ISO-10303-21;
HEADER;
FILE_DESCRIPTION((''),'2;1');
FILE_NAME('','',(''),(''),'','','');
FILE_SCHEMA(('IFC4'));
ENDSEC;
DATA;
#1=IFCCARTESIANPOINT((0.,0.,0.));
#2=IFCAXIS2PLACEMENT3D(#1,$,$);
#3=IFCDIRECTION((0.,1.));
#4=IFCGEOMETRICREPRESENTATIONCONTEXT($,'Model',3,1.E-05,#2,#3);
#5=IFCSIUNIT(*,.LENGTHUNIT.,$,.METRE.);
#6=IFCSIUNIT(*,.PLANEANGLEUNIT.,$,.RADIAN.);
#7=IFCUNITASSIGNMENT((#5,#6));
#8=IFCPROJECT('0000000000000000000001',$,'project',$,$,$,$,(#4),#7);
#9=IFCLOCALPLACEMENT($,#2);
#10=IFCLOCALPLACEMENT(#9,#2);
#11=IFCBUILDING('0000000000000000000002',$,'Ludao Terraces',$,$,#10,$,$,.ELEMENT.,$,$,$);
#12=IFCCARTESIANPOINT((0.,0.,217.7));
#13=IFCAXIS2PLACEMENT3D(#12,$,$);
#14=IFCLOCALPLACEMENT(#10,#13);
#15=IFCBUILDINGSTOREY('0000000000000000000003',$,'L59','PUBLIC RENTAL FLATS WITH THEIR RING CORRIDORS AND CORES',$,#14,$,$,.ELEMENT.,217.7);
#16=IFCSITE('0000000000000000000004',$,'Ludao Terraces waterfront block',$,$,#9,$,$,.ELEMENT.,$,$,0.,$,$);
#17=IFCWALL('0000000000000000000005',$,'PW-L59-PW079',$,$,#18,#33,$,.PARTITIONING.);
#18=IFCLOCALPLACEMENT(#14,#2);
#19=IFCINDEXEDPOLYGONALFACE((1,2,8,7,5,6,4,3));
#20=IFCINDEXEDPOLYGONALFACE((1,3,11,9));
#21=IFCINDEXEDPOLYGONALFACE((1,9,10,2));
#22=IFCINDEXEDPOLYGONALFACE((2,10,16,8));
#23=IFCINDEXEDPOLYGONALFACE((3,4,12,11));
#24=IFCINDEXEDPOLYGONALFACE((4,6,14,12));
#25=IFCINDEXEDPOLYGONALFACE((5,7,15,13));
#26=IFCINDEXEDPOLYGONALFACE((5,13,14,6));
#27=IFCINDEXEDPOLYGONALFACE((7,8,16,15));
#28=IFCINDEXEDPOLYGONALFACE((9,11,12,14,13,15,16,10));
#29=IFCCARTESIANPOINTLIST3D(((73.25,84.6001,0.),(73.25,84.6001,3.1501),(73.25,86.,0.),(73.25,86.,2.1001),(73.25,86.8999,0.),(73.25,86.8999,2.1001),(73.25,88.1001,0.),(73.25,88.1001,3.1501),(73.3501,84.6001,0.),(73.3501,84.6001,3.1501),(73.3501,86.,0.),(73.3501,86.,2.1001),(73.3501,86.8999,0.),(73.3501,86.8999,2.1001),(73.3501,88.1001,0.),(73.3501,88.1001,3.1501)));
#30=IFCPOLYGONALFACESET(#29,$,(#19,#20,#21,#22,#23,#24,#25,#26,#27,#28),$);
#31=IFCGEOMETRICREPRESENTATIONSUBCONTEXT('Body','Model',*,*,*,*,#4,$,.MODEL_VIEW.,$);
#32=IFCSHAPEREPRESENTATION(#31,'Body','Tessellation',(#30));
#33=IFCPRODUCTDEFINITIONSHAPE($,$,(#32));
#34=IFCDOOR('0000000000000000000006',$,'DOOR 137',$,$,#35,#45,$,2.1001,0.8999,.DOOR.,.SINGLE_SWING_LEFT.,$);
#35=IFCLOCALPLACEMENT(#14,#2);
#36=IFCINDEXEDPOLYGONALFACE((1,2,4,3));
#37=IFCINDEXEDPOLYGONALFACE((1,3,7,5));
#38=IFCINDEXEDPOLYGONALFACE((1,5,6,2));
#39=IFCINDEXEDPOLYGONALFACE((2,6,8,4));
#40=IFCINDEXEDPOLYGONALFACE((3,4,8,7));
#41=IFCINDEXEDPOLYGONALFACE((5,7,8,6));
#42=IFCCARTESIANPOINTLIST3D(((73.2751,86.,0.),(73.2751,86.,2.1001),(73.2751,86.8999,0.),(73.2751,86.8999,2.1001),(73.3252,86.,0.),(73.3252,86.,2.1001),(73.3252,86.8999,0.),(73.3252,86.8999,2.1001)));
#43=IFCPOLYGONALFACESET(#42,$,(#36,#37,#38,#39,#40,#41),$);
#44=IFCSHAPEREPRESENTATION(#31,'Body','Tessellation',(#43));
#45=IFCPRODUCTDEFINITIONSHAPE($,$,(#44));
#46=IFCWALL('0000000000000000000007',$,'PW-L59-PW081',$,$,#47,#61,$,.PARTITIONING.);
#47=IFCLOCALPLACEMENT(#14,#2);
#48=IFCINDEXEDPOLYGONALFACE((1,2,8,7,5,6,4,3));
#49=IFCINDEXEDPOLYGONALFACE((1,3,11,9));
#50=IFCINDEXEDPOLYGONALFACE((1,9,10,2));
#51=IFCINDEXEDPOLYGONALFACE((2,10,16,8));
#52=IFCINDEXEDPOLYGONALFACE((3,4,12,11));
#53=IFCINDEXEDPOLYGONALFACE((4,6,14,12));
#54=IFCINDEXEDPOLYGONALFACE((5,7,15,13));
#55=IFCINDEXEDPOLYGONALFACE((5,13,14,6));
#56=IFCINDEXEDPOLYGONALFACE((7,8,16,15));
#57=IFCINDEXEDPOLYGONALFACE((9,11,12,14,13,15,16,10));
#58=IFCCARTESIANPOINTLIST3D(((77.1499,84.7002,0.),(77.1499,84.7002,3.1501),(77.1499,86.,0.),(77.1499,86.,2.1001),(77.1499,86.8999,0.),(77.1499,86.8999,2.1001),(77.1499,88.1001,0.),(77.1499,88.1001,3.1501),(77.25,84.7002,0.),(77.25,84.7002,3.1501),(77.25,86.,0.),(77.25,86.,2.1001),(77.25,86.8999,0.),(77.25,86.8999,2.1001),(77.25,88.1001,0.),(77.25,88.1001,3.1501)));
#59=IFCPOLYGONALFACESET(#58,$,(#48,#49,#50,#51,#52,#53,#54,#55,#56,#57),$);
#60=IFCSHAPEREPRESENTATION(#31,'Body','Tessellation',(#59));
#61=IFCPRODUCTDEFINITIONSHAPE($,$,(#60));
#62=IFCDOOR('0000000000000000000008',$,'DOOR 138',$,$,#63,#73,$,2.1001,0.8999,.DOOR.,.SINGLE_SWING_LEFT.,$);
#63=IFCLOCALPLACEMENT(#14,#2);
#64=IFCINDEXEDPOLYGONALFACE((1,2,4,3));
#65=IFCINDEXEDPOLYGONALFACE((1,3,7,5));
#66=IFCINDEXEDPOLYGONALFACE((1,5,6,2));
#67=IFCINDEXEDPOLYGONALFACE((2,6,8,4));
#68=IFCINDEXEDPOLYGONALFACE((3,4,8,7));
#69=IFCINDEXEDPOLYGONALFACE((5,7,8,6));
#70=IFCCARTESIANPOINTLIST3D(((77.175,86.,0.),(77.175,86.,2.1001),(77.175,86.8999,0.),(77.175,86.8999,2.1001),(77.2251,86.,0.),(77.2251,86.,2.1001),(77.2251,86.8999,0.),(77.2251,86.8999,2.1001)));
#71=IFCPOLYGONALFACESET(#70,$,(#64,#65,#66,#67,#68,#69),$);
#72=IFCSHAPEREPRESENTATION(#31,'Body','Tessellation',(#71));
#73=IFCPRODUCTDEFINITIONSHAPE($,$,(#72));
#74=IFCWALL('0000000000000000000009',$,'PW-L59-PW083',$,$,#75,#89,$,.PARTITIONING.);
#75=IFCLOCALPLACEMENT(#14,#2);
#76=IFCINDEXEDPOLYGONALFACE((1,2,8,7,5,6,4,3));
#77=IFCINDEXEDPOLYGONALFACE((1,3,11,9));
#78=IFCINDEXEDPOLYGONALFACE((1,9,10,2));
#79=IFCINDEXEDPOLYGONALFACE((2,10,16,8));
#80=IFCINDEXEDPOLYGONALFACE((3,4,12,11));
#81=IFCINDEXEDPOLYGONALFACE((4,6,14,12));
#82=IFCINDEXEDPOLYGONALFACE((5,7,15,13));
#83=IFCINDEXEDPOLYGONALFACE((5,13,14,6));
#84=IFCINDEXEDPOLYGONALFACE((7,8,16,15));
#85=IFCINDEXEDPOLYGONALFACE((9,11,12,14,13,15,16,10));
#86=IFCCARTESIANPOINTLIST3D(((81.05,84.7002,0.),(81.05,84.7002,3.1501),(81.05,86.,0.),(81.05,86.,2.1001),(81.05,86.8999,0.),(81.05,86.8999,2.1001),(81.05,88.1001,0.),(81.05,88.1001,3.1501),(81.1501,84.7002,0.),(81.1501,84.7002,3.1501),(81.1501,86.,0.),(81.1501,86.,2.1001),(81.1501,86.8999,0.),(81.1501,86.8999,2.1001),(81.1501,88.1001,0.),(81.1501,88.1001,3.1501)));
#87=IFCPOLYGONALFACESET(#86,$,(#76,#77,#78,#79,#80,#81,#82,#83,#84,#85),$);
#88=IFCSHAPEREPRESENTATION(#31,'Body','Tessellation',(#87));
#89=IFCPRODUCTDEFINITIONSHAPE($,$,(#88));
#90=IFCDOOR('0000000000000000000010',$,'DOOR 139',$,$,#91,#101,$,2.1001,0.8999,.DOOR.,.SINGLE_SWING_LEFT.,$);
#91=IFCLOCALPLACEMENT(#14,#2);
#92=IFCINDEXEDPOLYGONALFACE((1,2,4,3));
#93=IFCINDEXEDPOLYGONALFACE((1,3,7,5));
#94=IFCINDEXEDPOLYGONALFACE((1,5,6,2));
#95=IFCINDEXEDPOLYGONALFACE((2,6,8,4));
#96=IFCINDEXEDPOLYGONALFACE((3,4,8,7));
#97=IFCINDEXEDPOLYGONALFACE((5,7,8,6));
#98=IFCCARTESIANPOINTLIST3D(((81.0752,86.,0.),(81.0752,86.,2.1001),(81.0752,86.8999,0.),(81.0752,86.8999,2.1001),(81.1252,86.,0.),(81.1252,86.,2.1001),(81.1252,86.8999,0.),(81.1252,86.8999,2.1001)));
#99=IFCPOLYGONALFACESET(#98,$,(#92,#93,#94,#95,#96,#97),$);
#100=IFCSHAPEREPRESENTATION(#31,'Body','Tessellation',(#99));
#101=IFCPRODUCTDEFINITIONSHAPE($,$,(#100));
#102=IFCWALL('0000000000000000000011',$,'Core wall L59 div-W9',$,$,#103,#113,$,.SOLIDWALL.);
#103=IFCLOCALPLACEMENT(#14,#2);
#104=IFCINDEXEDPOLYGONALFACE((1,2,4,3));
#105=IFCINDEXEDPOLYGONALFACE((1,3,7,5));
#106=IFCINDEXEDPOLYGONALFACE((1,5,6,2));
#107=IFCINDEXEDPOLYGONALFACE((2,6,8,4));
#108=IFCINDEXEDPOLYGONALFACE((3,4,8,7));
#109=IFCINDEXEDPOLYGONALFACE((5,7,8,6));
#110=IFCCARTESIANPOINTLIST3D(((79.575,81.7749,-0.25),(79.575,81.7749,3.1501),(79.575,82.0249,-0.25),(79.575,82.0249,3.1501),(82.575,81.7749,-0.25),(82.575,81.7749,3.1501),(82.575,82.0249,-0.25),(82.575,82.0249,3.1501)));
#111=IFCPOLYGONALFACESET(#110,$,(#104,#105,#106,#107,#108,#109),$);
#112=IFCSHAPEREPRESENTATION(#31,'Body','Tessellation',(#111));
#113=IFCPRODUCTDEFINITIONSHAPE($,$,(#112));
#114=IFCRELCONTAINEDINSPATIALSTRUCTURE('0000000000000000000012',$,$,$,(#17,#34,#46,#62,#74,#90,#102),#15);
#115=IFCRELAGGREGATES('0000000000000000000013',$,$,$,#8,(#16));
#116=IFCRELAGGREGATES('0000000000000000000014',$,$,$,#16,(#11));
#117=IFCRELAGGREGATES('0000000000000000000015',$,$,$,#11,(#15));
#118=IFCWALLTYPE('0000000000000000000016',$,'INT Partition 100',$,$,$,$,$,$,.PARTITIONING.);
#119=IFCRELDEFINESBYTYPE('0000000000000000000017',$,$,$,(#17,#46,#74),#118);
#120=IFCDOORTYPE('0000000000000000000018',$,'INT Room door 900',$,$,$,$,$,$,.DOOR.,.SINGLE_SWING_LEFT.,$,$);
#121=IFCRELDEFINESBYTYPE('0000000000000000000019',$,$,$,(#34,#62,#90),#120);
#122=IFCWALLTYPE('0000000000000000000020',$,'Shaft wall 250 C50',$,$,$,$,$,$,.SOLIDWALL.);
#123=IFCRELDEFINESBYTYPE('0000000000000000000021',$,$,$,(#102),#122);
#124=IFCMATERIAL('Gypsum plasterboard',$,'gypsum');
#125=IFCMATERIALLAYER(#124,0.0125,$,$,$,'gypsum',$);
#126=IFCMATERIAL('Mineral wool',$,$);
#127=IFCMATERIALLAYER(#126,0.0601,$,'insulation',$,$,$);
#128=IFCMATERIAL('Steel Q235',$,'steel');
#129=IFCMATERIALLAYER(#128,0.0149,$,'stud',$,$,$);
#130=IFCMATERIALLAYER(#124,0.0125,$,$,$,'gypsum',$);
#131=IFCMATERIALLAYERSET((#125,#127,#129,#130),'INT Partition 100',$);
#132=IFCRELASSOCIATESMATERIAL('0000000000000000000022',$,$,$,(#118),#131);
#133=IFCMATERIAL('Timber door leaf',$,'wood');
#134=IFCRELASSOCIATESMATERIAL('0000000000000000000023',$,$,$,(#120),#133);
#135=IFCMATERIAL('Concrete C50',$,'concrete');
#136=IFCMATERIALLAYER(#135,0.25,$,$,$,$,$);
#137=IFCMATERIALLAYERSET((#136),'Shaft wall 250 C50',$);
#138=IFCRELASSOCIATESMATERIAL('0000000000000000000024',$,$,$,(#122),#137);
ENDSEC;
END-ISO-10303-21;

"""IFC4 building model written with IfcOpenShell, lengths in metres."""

from ifc_helpers import new_model, si_unit, direction, frame, frame_2d, origin, place, context, subcontext, project, spatial, rectangle, extrude, material, layer, layer_set, type_object, element, fill, save


model = new_model("IFC4")

# Units and contexts
model_context = context("Model", 3, precision=1e-05, world=origin(), true_north=direction((0.0, 1.0)))
body_context = subcontext(model_context, "Body", "Model", "MODEL_VIEW")
ifc_project = project(units=[si_unit("LENGTHUNIT", "METRE"), si_unit("PLANEANGLEUNIT", "RADIAN")], contexts=[model_context])

# Site, building, storey
site_placement = place(None, origin())
site = spatial("IfcSite", under=ifc_project, at=site_placement, Name="Ludao Terraces waterfront block", CompositionType="ELEMENT", RefElevation=0.0)
building_placement = place(site_placement, origin())
building = spatial("IfcBuilding", under=site, at=building_placement, Name="Ludao Terraces", CompositionType="ELEMENT")
storey_placement = place(building_placement, frame((0.0, 0.0, 217.7)))
storey = spatial("IfcBuildingStorey", under=building, at=storey_placement, Name="L59", Description="PUBLIC RENTAL FLATS WITH THEIR RING CORRIDORS AND CORES", CompositionType="ELEMENT", Elevation=217.7)

# Shared definitions
ifc_material_1 = material(Name="Concrete C50", Category="concrete")

# Shared definitions
ifc_material_2 = material(Name="Mineral wool")

# Walls, openings, doors
ifc_material_3 = material(Name="Gypsum plasterboard", Category="gypsum")
ifc_layer_1 = layer(ifc_material_3, 0.0125, Category="gypsum")
ifc_layer_2 = layer(ifc_material_2, 0.0601, Name="insulation")
ifc_material_4 = material(Name="Steel Q235", Category="steel")
ifc_layer_3 = layer(ifc_material_4, 0.0149, Name="stud")
ifc_layer_4 = layer(ifc_material_3, 0.0125, Category="gypsum")
ifc_layer_set_1 = layer_set([ifc_layer_1, ifc_layer_2, ifc_layer_3, ifc_layer_4], Name="INT Partition 100")
wall_type_1 = type_object("IfcWallType", Name="INT Partition 100", PredefinedType="PARTITIONING", material=ifc_layer_set_1)
wall_1_placement = place(storey_placement, frame((73.3, 84.6001, 0.0), z_axis=(0.0, 0.0, 1.0), x_axis=(0.0, 1.0, 0.0)))
wall_1 = element("IfcWall", 1, at=wall_1_placement, inside=storey, type_object=wall_type_1, Name="PW-L59-PW079", PredefinedType="PARTITIONING", context=body_context, shape_type="SweptSolid", body=[
    extrude(rectangle(XDim=3.5, YDim=0.1001, at=frame_2d((1.75, 0.0))), origin(), (0.0, 0.0, 1.0), 3.1501),
])
opening_1_placement = place(wall_1_placement, frame((1.3999, 0.0, 0.0)))
opening_1 = element("IfcOpeningElement", 2, at=opening_1_placement, cuts=wall_1, PredefinedType="OPENING", context=body_context, shape_type="SweptSolid", body=[
    extrude(rectangle(XDim=0.8999, YDim=2.1001, at=frame_2d((0.45, 1.05))), frame((0.0, 0.0601, 0.0), z_axis=(0.0, -1.0, 0.0), x_axis=(1.0, 0.0, 0.0)), (0.0, 0.0, 1.0), 0.1201),
])
ifc_material_5 = material(Name="Timber door leaf", Category="wood")
door_type = type_object("IfcDoorType", Name="INT Room door 900", OperationType="SINGLE_SWING_LEFT", PredefinedType="DOOR", material=ifc_material_5)
door_1_placement = place(opening_1_placement, origin())
door_1 = element("IfcDoor", 3, at=door_1_placement, inside=storey, type_object=door_type, Name="DOOR 137", OperationType="SINGLE_SWING_LEFT", OverallHeight=2.1001, OverallWidth=0.8999, PredefinedType="DOOR", context=body_context, shape_type="SweptSolid", body=[
    extrude(rectangle(XDim=0.8999, YDim=2.1001, at=frame_2d((0.45, 1.05))), frame((0.0, 0.0249, 0.0), z_axis=(0.0, -1.0, 0.0), x_axis=(1.0, 0.0, 0.0)), (0.0, 0.0, 1.0), 0.05),
])
fill(opening_1, door_1)
wall_2_placement = place(storey_placement, frame((77.2, 84.7002, 0.0), z_axis=(0.0, 0.0, 1.0), x_axis=(0.0, 1.0, 0.0)))
wall_2 = element("IfcWall", 4, at=wall_2_placement, inside=storey, type_object=wall_type_1, Name="PW-L59-PW081", PredefinedType="PARTITIONING", context=body_context, shape_type="SweptSolid", body=[
    extrude(rectangle(XDim=3.3999, YDim=0.1001, at=frame_2d((1.7, 0.0))), origin(), (0.0, 0.0, 1.0), 3.1501),
])
opening_2_placement = place(wall_2_placement, frame((1.2998, 0.0, 0.0)))
opening_2 = element("IfcOpeningElement", 5, at=opening_2_placement, cuts=wall_2, PredefinedType="OPENING", context=body_context, shape_type="SweptSolid", body=[
    extrude(rectangle(XDim=0.8999, YDim=2.1001, at=frame_2d((0.45, 1.05))), frame((0.0, 0.0601, 0.0), z_axis=(0.0, -1.0, 0.0), x_axis=(1.0, 0.0, 0.0)), (0.0, 0.0, 1.0), 0.1201),
])
door_2_placement = place(opening_2_placement, origin())
door_2 = element("IfcDoor", 6, at=door_2_placement, inside=storey, type_object=door_type, Name="DOOR 138", OperationType="SINGLE_SWING_LEFT", OverallHeight=2.1001, OverallWidth=0.8999, PredefinedType="DOOR", context=body_context, shape_type="SweptSolid", body=[
    extrude(rectangle(XDim=0.8999, YDim=2.1001, at=frame_2d((0.45, 1.05))), frame((0.0, 0.0249, 0.0), z_axis=(0.0, -1.0, 0.0), x_axis=(1.0, 0.0, 0.0)), (0.0, 0.0, 1.0), 0.05),
])
fill(opening_2, door_2)
wall_3_placement = place(storey_placement, frame((81.1001, 84.7002, 0.0), z_axis=(0.0, 0.0, 1.0), x_axis=(0.0, 1.0, 0.0)))
wall_3 = element("IfcWall", 7, at=wall_3_placement, inside=storey, type_object=wall_type_1, Name="PW-L59-PW083", PredefinedType="PARTITIONING", context=body_context, shape_type="SweptSolid", body=[
    extrude(rectangle(XDim=3.3999, YDim=0.1001, at=frame_2d((1.7, 0.0))), origin(), (0.0, 0.0, 1.0), 3.1501),
])
opening_3_placement = place(wall_3_placement, frame((1.2998, 0.0, 0.0)))
opening_3 = element("IfcOpeningElement", 8, at=opening_3_placement, cuts=wall_3, PredefinedType="OPENING", context=body_context, shape_type="SweptSolid", body=[
    extrude(rectangle(XDim=0.8999, YDim=2.1001, at=frame_2d((0.45, 1.05))), frame((0.0, 0.0601, 0.0), z_axis=(0.0, -1.0, 0.0), x_axis=(1.0, 0.0, 0.0)), (0.0, 0.0, 1.0), 0.1201),
])
door_3_placement = place(opening_3_placement, origin())
door_3 = element("IfcDoor", 9, at=door_3_placement, inside=storey, type_object=door_type, Name="DOOR 139", OperationType="SINGLE_SWING_LEFT", OverallHeight=2.1001, OverallWidth=0.8999, PredefinedType="DOOR", context=body_context, shape_type="SweptSolid", body=[
    extrude(rectangle(XDim=0.8999, YDim=2.1001, at=frame_2d((0.45, 1.05))), frame((0.0, 0.0249, 0.0), z_axis=(0.0, -1.0, 0.0), x_axis=(1.0, 0.0, 0.0)), (0.0, 0.0, 1.0), 0.05),
])
fill(opening_3, door_3)

# Wall
ifc_layer_5 = layer(ifc_material_1, 0.25)
ifc_layer_set_2 = layer_set([ifc_layer_5], Name="Shaft wall 250 C50")
wall_type_2 = type_object("IfcWallType", Name="Shaft wall 250 C50", PredefinedType="SOLIDWALL", material=ifc_layer_set_2)
wall_4_placement = place(storey_placement, frame((79.575, 81.8999, -0.25), z_axis=(0.0, 0.0, 1.0), x_axis=(1.0, 0.0, 0.0)))
element("IfcWall", 10, at=wall_4_placement, inside=storey, type_object=wall_type_2, Name="Core wall L59 div-W9", PredefinedType="SOLIDWALL", context=body_context, shape_type="SweptSolid", body=[
    extrude(rectangle(XDim=3.0, YDim=0.25, at=frame_2d((1.5, 0.0))), origin(), (0.0, 0.0, 1.0), 3.4001),
])

save(model, "model.ifc")
